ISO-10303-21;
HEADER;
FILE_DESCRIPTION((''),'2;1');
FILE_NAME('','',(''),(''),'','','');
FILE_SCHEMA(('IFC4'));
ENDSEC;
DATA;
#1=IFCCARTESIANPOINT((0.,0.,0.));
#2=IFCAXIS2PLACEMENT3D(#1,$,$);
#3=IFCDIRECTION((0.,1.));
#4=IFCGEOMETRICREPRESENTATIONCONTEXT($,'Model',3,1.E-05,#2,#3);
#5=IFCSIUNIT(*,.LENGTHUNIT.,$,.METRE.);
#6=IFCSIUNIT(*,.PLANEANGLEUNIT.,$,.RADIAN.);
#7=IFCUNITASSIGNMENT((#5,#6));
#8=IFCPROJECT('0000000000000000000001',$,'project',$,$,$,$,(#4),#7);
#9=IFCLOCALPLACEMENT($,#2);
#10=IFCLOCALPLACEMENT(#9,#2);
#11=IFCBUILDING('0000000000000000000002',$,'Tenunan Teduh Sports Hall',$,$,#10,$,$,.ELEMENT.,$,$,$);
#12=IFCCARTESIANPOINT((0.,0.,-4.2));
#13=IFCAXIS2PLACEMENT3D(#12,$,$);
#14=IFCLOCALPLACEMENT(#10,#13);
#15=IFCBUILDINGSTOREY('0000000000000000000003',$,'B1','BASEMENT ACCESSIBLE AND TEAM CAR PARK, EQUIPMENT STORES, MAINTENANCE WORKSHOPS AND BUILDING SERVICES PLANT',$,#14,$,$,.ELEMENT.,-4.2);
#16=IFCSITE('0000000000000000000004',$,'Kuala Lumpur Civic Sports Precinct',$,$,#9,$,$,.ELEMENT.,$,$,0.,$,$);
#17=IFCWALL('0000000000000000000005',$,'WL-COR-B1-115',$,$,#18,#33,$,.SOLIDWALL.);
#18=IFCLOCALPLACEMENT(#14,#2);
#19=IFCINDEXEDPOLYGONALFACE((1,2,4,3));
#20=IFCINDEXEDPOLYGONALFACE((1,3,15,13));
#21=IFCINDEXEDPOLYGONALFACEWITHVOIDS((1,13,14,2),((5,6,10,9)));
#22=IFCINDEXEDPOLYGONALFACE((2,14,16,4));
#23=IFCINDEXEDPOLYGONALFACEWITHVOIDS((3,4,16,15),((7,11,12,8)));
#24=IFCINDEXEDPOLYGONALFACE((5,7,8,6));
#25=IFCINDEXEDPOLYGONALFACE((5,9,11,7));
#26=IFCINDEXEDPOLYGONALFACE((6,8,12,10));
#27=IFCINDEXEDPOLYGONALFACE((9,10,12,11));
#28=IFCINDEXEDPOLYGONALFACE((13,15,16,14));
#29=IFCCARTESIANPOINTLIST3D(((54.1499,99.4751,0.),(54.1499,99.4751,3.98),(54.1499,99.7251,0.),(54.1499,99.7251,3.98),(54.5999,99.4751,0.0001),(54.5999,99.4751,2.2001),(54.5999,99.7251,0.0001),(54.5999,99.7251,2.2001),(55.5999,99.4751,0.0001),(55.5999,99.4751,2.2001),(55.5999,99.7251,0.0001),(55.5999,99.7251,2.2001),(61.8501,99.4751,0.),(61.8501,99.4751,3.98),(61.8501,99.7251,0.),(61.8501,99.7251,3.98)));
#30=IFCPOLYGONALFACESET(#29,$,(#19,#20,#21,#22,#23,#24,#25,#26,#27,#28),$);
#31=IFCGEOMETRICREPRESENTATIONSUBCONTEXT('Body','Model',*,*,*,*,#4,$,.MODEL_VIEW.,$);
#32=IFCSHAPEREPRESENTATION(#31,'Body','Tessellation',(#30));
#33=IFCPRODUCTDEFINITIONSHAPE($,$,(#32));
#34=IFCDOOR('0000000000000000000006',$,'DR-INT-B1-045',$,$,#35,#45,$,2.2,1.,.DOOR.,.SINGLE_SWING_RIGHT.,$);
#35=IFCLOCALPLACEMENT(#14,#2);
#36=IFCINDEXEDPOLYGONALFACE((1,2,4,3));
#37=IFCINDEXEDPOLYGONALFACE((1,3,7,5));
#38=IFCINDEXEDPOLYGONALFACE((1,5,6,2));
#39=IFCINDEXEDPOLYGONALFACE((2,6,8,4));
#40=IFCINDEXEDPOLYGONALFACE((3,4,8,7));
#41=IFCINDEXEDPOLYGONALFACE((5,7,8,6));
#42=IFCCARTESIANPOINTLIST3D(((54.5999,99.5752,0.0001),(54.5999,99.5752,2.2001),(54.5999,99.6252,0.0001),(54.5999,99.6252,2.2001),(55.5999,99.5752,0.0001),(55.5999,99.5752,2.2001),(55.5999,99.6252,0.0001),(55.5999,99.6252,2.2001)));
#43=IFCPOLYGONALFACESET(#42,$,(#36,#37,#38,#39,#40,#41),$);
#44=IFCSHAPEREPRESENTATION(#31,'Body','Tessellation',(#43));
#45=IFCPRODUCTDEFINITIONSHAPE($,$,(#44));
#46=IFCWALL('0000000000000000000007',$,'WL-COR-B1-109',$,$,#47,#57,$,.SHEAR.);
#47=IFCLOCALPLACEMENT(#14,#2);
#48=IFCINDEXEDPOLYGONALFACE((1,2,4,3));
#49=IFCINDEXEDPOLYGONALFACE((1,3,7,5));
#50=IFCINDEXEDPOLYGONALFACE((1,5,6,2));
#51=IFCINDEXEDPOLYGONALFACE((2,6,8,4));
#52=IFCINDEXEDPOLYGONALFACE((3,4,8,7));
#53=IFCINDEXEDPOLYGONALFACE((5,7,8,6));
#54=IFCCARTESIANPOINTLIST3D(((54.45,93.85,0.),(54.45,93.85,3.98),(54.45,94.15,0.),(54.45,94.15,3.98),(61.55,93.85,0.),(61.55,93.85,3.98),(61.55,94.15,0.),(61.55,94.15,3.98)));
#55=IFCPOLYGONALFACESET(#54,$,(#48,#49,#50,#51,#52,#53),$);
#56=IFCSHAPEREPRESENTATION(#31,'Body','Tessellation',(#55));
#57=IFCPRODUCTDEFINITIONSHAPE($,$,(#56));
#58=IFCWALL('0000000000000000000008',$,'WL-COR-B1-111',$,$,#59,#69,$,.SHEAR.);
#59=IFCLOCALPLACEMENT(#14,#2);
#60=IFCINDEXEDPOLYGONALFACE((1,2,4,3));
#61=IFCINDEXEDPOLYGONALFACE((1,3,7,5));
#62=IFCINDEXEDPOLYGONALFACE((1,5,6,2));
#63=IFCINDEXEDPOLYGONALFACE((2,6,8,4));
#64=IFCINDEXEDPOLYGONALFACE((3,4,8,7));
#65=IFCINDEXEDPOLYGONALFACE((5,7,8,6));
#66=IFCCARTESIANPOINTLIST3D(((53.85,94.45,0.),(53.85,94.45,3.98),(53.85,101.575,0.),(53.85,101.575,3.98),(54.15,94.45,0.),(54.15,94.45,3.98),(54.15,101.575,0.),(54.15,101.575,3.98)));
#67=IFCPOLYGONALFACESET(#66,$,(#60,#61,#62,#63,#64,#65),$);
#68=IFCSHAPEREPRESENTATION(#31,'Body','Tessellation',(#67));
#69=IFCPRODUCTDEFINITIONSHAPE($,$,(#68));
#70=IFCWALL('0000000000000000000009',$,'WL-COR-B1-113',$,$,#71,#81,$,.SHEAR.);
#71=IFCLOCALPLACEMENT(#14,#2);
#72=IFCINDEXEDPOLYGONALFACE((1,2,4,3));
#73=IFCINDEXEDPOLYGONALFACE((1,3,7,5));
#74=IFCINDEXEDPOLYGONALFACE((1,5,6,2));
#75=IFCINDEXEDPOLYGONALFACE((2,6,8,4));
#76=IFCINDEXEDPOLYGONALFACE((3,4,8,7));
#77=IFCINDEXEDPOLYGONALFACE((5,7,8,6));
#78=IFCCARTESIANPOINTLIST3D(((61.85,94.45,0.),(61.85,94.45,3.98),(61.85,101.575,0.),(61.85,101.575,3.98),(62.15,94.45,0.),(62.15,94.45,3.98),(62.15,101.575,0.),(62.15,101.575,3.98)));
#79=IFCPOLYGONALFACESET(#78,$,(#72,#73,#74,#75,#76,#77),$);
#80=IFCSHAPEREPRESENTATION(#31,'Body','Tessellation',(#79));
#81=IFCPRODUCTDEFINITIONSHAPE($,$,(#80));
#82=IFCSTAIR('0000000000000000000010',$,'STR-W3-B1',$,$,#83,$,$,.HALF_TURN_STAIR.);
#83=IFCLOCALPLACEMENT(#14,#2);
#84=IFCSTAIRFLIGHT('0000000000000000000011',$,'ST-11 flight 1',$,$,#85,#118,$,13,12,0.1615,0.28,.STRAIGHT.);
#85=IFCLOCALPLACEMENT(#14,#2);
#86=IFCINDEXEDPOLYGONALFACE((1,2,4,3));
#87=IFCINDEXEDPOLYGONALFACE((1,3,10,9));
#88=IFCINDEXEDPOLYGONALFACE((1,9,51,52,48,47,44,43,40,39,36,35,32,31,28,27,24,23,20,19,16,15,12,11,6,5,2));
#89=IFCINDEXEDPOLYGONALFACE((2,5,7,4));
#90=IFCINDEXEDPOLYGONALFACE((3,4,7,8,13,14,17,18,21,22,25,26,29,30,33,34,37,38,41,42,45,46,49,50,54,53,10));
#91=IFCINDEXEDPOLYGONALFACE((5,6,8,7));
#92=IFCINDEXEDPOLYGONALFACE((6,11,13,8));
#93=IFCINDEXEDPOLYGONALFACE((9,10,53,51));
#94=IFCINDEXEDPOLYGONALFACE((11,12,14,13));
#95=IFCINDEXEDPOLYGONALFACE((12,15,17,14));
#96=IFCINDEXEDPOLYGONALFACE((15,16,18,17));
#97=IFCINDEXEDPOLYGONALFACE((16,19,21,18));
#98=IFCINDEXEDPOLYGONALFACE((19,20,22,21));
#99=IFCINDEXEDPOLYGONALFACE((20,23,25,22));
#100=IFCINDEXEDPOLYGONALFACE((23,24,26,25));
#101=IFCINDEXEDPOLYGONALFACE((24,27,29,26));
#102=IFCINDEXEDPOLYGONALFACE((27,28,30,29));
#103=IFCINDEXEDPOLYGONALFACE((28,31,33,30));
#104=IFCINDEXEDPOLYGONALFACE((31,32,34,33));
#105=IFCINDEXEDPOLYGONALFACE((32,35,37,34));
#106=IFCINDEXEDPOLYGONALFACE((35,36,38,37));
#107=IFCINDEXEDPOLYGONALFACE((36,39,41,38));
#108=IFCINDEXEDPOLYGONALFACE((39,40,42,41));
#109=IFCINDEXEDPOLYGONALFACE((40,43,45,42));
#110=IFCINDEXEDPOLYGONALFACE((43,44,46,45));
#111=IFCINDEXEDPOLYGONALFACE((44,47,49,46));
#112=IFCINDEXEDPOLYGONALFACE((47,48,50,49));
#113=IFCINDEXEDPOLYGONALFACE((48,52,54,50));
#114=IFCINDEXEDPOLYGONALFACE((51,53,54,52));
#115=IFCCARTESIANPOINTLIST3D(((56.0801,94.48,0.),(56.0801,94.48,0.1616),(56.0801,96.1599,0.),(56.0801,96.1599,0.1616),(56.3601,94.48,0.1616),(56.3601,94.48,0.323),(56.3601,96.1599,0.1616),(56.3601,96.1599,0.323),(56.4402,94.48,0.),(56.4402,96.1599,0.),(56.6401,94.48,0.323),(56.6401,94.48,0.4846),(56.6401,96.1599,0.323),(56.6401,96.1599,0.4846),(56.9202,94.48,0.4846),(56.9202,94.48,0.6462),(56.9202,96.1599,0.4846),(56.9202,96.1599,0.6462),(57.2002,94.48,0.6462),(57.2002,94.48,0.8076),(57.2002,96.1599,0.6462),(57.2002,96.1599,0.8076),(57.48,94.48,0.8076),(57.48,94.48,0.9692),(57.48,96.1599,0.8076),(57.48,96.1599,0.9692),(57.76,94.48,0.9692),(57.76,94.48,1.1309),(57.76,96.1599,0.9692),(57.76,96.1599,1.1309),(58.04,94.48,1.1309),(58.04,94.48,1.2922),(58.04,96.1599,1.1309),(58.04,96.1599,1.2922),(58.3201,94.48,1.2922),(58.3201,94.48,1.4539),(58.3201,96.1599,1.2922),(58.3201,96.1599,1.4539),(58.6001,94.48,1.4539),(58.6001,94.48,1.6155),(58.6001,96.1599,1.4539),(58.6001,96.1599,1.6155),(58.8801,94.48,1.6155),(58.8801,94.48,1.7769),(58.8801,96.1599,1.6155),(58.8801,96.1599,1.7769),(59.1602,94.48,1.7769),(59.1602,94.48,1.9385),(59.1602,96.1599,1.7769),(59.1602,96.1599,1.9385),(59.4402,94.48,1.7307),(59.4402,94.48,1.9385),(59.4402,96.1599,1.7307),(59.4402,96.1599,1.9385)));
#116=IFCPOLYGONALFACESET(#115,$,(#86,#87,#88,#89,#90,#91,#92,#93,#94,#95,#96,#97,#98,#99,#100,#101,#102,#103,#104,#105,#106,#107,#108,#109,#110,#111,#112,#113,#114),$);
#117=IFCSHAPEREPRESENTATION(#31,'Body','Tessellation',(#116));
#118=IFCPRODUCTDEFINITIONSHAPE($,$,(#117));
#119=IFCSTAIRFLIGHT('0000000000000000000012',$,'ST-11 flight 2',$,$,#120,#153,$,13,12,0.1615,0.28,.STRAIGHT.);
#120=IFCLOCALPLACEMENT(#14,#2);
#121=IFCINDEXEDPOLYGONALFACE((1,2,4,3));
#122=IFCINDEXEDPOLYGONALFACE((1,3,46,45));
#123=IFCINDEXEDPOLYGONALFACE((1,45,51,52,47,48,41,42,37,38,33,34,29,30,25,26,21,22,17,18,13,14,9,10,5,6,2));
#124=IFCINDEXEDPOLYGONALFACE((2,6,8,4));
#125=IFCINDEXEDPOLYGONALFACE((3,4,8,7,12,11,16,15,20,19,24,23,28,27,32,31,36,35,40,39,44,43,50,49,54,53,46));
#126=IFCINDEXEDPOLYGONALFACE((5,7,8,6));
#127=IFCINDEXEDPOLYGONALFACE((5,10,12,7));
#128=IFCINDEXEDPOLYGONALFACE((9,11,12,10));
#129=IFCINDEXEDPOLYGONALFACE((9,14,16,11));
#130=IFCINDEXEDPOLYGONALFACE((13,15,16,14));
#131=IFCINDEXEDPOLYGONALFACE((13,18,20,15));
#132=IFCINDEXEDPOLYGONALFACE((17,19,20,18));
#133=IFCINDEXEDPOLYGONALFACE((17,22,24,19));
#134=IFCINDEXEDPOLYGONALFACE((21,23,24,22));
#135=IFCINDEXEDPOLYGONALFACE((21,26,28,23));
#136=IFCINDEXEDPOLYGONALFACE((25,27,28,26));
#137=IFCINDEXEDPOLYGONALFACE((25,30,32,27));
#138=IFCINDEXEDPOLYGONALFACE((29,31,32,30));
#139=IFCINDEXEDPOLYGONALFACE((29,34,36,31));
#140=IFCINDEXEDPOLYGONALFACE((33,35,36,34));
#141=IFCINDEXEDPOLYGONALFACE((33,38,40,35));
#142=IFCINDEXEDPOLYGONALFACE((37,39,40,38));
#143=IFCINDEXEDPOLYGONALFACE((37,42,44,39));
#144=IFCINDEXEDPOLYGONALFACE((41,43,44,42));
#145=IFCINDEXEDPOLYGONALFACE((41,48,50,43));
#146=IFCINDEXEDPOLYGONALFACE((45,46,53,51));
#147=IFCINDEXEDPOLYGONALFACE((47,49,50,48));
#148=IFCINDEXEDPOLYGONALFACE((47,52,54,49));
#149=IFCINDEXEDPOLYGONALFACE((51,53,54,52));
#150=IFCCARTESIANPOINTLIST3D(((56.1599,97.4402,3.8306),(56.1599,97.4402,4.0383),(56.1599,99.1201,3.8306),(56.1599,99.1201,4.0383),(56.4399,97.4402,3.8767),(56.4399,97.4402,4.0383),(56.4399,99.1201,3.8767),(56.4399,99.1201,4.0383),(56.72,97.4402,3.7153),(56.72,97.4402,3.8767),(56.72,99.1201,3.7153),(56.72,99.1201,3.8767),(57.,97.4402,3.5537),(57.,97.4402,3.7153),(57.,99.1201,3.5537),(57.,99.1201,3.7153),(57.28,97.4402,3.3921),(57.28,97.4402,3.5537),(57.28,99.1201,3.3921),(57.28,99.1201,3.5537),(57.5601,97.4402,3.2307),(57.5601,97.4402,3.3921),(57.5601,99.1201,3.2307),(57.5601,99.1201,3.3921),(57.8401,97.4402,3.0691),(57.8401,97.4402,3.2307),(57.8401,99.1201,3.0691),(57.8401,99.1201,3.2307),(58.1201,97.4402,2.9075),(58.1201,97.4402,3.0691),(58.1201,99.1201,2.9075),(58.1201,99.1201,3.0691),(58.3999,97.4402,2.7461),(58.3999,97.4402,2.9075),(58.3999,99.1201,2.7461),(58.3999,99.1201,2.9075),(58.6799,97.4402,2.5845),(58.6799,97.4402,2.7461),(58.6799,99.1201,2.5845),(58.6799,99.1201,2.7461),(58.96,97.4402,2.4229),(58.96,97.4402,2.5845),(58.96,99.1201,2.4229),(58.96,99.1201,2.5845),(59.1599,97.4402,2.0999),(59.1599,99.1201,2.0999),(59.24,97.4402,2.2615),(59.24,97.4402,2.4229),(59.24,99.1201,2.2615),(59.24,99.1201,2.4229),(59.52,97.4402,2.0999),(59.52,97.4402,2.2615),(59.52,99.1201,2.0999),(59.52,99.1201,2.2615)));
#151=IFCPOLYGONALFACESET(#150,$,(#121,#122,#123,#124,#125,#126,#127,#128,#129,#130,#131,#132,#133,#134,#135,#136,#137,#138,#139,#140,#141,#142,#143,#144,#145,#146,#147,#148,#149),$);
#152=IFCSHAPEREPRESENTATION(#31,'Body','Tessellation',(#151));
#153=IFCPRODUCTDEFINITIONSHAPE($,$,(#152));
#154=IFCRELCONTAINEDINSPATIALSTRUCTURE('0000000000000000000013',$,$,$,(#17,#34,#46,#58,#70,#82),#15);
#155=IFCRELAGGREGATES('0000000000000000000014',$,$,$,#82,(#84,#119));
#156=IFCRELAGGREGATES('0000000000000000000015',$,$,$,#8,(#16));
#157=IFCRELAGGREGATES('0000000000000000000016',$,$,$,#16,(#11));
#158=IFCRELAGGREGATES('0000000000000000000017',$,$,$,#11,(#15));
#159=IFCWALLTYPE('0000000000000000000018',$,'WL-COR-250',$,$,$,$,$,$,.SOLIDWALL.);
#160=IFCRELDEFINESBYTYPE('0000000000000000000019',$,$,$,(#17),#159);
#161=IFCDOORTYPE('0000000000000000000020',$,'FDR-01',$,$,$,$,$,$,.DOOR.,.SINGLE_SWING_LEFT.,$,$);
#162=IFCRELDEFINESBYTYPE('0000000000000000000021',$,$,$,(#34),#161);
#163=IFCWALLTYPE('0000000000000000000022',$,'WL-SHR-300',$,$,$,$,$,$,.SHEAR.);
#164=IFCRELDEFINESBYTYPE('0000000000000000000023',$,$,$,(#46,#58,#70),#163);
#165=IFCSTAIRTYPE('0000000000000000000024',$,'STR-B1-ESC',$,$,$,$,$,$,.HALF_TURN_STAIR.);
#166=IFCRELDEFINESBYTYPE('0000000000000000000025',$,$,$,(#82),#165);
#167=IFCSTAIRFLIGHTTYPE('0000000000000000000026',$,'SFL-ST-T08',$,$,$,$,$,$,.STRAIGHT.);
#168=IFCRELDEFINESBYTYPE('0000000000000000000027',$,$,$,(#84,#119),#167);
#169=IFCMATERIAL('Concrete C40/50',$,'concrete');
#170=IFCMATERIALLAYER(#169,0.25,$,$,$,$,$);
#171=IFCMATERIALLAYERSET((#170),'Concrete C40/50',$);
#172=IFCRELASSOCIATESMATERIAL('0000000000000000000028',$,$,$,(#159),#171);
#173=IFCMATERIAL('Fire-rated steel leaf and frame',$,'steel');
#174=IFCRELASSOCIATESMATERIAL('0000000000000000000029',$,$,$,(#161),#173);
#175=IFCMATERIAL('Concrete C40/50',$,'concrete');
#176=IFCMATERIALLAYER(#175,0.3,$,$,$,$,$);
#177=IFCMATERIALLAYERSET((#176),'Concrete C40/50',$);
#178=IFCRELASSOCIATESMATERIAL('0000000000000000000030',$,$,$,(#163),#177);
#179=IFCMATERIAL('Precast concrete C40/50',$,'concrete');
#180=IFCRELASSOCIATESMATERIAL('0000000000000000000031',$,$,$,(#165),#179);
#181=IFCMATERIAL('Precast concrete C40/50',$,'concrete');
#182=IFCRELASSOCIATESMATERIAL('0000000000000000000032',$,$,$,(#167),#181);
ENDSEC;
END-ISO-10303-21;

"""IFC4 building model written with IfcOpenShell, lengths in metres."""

from ifc_helpers import new_model, si_unit, direction, frame, frame_2d, origin, place, context, subcontext, project, spatial, polyline, rectangle, outline, extrude, material, layer, layer_set, type_object, element, fill, aggregate, save


model = new_model("IFC4")

# Units and contexts
model_context = context("Model", 3, precision=1e-05, world=origin(), true_north=direction((0.0, 1.0)))
body_context = subcontext(model_context, "Body", "Model", "MODEL_VIEW")
ifc_project = project(units=[si_unit("LENGTHUNIT", "METRE"), si_unit("PLANEANGLEUNIT", "RADIAN")], contexts=[model_context])

# Site, building, storey
site_placement = place(None, origin())
site = spatial("IfcSite", under=ifc_project, at=site_placement, Name="Kuala Lumpur Civic Sports Precinct", CompositionType="ELEMENT", RefElevation=0.0)
building_placement = place(site_placement, origin())
building = spatial("IfcBuilding", under=site, at=building_placement, Name="Tenunan Teduh Sports Hall", CompositionType="ELEMENT")
storey_placement = place(building_placement, frame((0.0, 0.0, -4.2)))
storey = spatial("IfcBuildingStorey", under=building, at=storey_placement, Name="B1", Description="BASEMENT ACCESSIBLE AND TEAM CAR PARK, EQUIPMENT STORES, MAINTENANCE WORKSHOPS AND BUILDING SERVICES PLANT", CompositionType="ELEMENT", Elevation=-4.2)

# Wall, opening, door
ifc_material_1 = material(Name="Concrete C40/50", Category="concrete")
ifc_layer_1 = layer(ifc_material_1, 0.25)
ifc_layer_set_1 = layer_set([ifc_layer_1], Name="Concrete C40/50")
wall_type_1 = type_object("IfcWallType", Name="WL-COR-250", PredefinedType="SOLIDWALL", material=ifc_layer_set_1)
wall_1_placement = place(storey_placement, frame((54.1499, 99.6001, 0.0), z_axis=(0.0, 0.0, 1.0), x_axis=(1.0, 0.0, 0.0)))
wall_1 = element("IfcWall", 1, at=wall_1_placement, inside=storey, type_object=wall_type_1, Name="WL-COR-B1-115", PredefinedType="SOLIDWALL", context=body_context, shape_type="SweptSolid", body=[
    extrude(rectangle(XDim=7.7002, YDim=0.25, at=frame_2d((3.8501, 0.0))), origin(), (0.0, 0.0, 1.0), 3.98),
])
opening_placement = place(wall_1_placement, frame((0.45, 0.0, 0.0)))
opening = element("IfcOpeningElement", 2, at=opening_placement, cuts=wall_1, PredefinedType="OPENING", context=body_context, shape_type="SweptSolid", body=[
    extrude(rectangle(XDim=1.0, YDim=2.2, at=frame_2d((0.5, 1.1001))), frame((0.0, 0.135, 0.0), z_axis=(0.0, -1.0, 0.0), x_axis=(1.0, 0.0, 0.0)), (0.0, 0.0, 1.0), 0.27),
])
ifc_material_2 = material(Name="Fire-rated steel leaf and frame", Category="steel")
door_type = type_object("IfcDoorType", Name="FDR-01", OperationType="SINGLE_SWING_LEFT", PredefinedType="DOOR", material=ifc_material_2)
door_placement = place(opening_placement, frame((1.0, 0.0, 0.0), z_axis=(0.0, 0.0, 1.0), x_axis=(-1.0, 0.0, 0.0)))
door = element("IfcDoor", 3, at=door_placement, inside=storey, type_object=door_type, Name="DR-INT-B1-045", OperationType="SINGLE_SWING_RIGHT", OverallHeight=2.2, OverallWidth=1.0, PredefinedType="DOOR", context=body_context, shape_type="SweptSolid", body=[
    extrude(rectangle(XDim=1.0, YDim=2.2, at=frame_2d((0.5, 1.1001))), frame((0.0, 0.0249, 0.0), z_axis=(0.0, -1.0, 0.0), x_axis=(1.0, 0.0, 0.0)), (0.0, 0.0, 1.0), 0.05),
])
fill(opening, door)

# Walls
ifc_material_3 = material(Name="Concrete C40/50", Category="concrete")
ifc_layer_2 = layer(ifc_material_3, 0.3)
ifc_layer_set_2 = layer_set([ifc_layer_2], Name="Concrete C40/50")
wall_type_2 = type_object("IfcWallType", Name="WL-SHR-300", PredefinedType="SHEAR", material=ifc_layer_set_2)
wall_2_placement = place(storey_placement, frame((54.45, 94.0, 0.0), z_axis=(0.0, 0.0, 1.0), x_axis=(1.0, 0.0, 0.0)))
element("IfcWall", 4, at=wall_2_placement, inside=storey, type_object=wall_type_2, Name="WL-COR-B1-109", PredefinedType="SHEAR", context=body_context, shape_type="SweptSolid", body=[
    extrude(rectangle(XDim=7.1001, YDim=0.3, at=frame_2d((3.55, 0.0))), origin(), (0.0, 0.0, 1.0), 3.98),
])
for number, where, z_axis, x_axis, name in (
    (5, (54.0, 94.45, 0.0), (0.0, 0.0, 1.0), (0.0, 1.0, 0.0), "WL-COR-B1-111"),
    (6, (62.0, 94.45, 0.0), (0.0, 0.0, 1.0), (0.0, 1.0, 0.0), "WL-COR-B1-113"),
):
    element("IfcWall", number, at=place(storey_placement, frame(where, z_axis=z_axis, x_axis=x_axis)), inside=storey, type_object=wall_type_2, Name=name, PredefinedType="SHEAR", context=body_context, shape_type="SweptSolid", body=[
        extrude(rectangle(XDim=7.125, YDim=0.3, at=frame_2d((3.5625, 0.0))), origin(), (0.0, 0.0, 1.0), 3.98),
    ])

# Stair, stair flights
ifc_material_4 = material(Name="Precast concrete C40/50", Category="concrete")
stair_type = type_object("IfcStairType", Name="STR-B1-ESC", PredefinedType="HALF_TURN_STAIR", material=ifc_material_4)
stair_placement = place(storey_placement, origin())
stair = element("IfcStair", 7, at=stair_placement, inside=storey, type_object=stair_type, Name="STR-W3-B1", PredefinedType="HALF_TURN_STAIR")
ifc_material_5 = material(Name="Precast concrete C40/50", Category="concrete")
stair_flight_type = type_object("IfcStairFlightType", Name="SFL-ST-T08", PredefinedType="STRAIGHT", material=ifc_material_5)
stair_flight_1_placement = place(storey_placement, frame((56.0801, 95.3201, 0.0), z_axis=(0.0, 0.0, 1.0), x_axis=(1.0, 0.0, 0.0)))
stair_flight_1 = element("IfcStairFlight", 8, at=stair_flight_1_placement, type_object=stair_flight_type, Name="ST-11 flight 1", NumberOfRisers=13, NumberOfTreads=12, PredefinedType="STRAIGHT", RiserHeight=0.1615, TreadLength=0.28, context=body_context, shape_type="SweptSolid", body=[
    extrude(outline(polyline([(0.0, 0.0), (0.0, 0.1616), (0.28, 0.1616), (0.28, 0.323), (0.5601, 0.323), (0.5601, 0.4846), (0.8401, 0.4846), (0.8401, 0.6462), (1.1201, 0.6462), (1.1201, 0.8076), (1.3999, 0.8076), (1.3999, 0.9692), (1.6799, 0.9692), (1.6799, 1.1309), (1.96, 1.1309), (1.96, 1.2922), (2.24, 1.2922), (2.24, 1.4539), (2.52, 1.4539), (2.52, 1.6155), (2.8, 1.6155), (2.8, 1.7769), (3.0801, 1.7769), (3.0801, 1.9385), (3.3601, 1.9385), (3.3601, 2.1001), (3.3601, 1.7307), (0.3601, 0.0), (0.0, 0.0)])), frame((0.0, 0.8398, 0.0), z_axis=(0.0, -1.0, 0.0), x_axis=(1.0, 0.0, 0.0)), (0.0, 0.0, 1.0), 1.6799),
])
stair_flight_2_placement = place(storey_placement, frame((59.52, 98.28, 2.0999), z_axis=(0.0, 0.0, 1.0), x_axis=(-1.0, 0.0, 0.0)))
stair_flight_2 = element("IfcStairFlight", 9, at=stair_flight_2_placement, type_object=stair_flight_type, Name="ST-11 flight 2", NumberOfRisers=13, NumberOfTreads=12, PredefinedType="STRAIGHT", RiserHeight=0.1615, TreadLength=0.28, context=body_context, shape_type="SweptSolid", body=[
    extrude(outline(polyline([(0.0, 0.0), (0.0, 0.1616), (0.28, 0.1616), (0.28, 0.323), (0.5601, 0.323), (0.5601, 0.4846), (0.8401, 0.4846), (0.8401, 0.6462), (1.1201, 0.6462), (1.1201, 0.8076), (1.3999, 0.8076), (1.3999, 0.9692), (1.6799, 0.9692), (1.6799, 1.1309), (1.96, 1.1309), (1.96, 1.2922), (2.24, 1.2922), (2.24, 1.4539), (2.52, 1.4539), (2.52, 1.6155), (2.8, 1.6155), (2.8, 1.7769), (3.0801, 1.7769), (3.0801, 1.9385), (3.3601, 1.9385), (3.3601, 2.1001), (3.3601, 1.7307), (0.3601, 0.0), (0.0, 0.0)])), frame((0.0, 0.8398, 0.0), z_axis=(0.0, -1.0, 0.0), x_axis=(1.0, 0.0, 0.0)), (0.0, 0.0, 1.0), 1.6799),
])

aggregate(stair, [stair_flight_1, stair_flight_2])

save(model, "model.ifc")
